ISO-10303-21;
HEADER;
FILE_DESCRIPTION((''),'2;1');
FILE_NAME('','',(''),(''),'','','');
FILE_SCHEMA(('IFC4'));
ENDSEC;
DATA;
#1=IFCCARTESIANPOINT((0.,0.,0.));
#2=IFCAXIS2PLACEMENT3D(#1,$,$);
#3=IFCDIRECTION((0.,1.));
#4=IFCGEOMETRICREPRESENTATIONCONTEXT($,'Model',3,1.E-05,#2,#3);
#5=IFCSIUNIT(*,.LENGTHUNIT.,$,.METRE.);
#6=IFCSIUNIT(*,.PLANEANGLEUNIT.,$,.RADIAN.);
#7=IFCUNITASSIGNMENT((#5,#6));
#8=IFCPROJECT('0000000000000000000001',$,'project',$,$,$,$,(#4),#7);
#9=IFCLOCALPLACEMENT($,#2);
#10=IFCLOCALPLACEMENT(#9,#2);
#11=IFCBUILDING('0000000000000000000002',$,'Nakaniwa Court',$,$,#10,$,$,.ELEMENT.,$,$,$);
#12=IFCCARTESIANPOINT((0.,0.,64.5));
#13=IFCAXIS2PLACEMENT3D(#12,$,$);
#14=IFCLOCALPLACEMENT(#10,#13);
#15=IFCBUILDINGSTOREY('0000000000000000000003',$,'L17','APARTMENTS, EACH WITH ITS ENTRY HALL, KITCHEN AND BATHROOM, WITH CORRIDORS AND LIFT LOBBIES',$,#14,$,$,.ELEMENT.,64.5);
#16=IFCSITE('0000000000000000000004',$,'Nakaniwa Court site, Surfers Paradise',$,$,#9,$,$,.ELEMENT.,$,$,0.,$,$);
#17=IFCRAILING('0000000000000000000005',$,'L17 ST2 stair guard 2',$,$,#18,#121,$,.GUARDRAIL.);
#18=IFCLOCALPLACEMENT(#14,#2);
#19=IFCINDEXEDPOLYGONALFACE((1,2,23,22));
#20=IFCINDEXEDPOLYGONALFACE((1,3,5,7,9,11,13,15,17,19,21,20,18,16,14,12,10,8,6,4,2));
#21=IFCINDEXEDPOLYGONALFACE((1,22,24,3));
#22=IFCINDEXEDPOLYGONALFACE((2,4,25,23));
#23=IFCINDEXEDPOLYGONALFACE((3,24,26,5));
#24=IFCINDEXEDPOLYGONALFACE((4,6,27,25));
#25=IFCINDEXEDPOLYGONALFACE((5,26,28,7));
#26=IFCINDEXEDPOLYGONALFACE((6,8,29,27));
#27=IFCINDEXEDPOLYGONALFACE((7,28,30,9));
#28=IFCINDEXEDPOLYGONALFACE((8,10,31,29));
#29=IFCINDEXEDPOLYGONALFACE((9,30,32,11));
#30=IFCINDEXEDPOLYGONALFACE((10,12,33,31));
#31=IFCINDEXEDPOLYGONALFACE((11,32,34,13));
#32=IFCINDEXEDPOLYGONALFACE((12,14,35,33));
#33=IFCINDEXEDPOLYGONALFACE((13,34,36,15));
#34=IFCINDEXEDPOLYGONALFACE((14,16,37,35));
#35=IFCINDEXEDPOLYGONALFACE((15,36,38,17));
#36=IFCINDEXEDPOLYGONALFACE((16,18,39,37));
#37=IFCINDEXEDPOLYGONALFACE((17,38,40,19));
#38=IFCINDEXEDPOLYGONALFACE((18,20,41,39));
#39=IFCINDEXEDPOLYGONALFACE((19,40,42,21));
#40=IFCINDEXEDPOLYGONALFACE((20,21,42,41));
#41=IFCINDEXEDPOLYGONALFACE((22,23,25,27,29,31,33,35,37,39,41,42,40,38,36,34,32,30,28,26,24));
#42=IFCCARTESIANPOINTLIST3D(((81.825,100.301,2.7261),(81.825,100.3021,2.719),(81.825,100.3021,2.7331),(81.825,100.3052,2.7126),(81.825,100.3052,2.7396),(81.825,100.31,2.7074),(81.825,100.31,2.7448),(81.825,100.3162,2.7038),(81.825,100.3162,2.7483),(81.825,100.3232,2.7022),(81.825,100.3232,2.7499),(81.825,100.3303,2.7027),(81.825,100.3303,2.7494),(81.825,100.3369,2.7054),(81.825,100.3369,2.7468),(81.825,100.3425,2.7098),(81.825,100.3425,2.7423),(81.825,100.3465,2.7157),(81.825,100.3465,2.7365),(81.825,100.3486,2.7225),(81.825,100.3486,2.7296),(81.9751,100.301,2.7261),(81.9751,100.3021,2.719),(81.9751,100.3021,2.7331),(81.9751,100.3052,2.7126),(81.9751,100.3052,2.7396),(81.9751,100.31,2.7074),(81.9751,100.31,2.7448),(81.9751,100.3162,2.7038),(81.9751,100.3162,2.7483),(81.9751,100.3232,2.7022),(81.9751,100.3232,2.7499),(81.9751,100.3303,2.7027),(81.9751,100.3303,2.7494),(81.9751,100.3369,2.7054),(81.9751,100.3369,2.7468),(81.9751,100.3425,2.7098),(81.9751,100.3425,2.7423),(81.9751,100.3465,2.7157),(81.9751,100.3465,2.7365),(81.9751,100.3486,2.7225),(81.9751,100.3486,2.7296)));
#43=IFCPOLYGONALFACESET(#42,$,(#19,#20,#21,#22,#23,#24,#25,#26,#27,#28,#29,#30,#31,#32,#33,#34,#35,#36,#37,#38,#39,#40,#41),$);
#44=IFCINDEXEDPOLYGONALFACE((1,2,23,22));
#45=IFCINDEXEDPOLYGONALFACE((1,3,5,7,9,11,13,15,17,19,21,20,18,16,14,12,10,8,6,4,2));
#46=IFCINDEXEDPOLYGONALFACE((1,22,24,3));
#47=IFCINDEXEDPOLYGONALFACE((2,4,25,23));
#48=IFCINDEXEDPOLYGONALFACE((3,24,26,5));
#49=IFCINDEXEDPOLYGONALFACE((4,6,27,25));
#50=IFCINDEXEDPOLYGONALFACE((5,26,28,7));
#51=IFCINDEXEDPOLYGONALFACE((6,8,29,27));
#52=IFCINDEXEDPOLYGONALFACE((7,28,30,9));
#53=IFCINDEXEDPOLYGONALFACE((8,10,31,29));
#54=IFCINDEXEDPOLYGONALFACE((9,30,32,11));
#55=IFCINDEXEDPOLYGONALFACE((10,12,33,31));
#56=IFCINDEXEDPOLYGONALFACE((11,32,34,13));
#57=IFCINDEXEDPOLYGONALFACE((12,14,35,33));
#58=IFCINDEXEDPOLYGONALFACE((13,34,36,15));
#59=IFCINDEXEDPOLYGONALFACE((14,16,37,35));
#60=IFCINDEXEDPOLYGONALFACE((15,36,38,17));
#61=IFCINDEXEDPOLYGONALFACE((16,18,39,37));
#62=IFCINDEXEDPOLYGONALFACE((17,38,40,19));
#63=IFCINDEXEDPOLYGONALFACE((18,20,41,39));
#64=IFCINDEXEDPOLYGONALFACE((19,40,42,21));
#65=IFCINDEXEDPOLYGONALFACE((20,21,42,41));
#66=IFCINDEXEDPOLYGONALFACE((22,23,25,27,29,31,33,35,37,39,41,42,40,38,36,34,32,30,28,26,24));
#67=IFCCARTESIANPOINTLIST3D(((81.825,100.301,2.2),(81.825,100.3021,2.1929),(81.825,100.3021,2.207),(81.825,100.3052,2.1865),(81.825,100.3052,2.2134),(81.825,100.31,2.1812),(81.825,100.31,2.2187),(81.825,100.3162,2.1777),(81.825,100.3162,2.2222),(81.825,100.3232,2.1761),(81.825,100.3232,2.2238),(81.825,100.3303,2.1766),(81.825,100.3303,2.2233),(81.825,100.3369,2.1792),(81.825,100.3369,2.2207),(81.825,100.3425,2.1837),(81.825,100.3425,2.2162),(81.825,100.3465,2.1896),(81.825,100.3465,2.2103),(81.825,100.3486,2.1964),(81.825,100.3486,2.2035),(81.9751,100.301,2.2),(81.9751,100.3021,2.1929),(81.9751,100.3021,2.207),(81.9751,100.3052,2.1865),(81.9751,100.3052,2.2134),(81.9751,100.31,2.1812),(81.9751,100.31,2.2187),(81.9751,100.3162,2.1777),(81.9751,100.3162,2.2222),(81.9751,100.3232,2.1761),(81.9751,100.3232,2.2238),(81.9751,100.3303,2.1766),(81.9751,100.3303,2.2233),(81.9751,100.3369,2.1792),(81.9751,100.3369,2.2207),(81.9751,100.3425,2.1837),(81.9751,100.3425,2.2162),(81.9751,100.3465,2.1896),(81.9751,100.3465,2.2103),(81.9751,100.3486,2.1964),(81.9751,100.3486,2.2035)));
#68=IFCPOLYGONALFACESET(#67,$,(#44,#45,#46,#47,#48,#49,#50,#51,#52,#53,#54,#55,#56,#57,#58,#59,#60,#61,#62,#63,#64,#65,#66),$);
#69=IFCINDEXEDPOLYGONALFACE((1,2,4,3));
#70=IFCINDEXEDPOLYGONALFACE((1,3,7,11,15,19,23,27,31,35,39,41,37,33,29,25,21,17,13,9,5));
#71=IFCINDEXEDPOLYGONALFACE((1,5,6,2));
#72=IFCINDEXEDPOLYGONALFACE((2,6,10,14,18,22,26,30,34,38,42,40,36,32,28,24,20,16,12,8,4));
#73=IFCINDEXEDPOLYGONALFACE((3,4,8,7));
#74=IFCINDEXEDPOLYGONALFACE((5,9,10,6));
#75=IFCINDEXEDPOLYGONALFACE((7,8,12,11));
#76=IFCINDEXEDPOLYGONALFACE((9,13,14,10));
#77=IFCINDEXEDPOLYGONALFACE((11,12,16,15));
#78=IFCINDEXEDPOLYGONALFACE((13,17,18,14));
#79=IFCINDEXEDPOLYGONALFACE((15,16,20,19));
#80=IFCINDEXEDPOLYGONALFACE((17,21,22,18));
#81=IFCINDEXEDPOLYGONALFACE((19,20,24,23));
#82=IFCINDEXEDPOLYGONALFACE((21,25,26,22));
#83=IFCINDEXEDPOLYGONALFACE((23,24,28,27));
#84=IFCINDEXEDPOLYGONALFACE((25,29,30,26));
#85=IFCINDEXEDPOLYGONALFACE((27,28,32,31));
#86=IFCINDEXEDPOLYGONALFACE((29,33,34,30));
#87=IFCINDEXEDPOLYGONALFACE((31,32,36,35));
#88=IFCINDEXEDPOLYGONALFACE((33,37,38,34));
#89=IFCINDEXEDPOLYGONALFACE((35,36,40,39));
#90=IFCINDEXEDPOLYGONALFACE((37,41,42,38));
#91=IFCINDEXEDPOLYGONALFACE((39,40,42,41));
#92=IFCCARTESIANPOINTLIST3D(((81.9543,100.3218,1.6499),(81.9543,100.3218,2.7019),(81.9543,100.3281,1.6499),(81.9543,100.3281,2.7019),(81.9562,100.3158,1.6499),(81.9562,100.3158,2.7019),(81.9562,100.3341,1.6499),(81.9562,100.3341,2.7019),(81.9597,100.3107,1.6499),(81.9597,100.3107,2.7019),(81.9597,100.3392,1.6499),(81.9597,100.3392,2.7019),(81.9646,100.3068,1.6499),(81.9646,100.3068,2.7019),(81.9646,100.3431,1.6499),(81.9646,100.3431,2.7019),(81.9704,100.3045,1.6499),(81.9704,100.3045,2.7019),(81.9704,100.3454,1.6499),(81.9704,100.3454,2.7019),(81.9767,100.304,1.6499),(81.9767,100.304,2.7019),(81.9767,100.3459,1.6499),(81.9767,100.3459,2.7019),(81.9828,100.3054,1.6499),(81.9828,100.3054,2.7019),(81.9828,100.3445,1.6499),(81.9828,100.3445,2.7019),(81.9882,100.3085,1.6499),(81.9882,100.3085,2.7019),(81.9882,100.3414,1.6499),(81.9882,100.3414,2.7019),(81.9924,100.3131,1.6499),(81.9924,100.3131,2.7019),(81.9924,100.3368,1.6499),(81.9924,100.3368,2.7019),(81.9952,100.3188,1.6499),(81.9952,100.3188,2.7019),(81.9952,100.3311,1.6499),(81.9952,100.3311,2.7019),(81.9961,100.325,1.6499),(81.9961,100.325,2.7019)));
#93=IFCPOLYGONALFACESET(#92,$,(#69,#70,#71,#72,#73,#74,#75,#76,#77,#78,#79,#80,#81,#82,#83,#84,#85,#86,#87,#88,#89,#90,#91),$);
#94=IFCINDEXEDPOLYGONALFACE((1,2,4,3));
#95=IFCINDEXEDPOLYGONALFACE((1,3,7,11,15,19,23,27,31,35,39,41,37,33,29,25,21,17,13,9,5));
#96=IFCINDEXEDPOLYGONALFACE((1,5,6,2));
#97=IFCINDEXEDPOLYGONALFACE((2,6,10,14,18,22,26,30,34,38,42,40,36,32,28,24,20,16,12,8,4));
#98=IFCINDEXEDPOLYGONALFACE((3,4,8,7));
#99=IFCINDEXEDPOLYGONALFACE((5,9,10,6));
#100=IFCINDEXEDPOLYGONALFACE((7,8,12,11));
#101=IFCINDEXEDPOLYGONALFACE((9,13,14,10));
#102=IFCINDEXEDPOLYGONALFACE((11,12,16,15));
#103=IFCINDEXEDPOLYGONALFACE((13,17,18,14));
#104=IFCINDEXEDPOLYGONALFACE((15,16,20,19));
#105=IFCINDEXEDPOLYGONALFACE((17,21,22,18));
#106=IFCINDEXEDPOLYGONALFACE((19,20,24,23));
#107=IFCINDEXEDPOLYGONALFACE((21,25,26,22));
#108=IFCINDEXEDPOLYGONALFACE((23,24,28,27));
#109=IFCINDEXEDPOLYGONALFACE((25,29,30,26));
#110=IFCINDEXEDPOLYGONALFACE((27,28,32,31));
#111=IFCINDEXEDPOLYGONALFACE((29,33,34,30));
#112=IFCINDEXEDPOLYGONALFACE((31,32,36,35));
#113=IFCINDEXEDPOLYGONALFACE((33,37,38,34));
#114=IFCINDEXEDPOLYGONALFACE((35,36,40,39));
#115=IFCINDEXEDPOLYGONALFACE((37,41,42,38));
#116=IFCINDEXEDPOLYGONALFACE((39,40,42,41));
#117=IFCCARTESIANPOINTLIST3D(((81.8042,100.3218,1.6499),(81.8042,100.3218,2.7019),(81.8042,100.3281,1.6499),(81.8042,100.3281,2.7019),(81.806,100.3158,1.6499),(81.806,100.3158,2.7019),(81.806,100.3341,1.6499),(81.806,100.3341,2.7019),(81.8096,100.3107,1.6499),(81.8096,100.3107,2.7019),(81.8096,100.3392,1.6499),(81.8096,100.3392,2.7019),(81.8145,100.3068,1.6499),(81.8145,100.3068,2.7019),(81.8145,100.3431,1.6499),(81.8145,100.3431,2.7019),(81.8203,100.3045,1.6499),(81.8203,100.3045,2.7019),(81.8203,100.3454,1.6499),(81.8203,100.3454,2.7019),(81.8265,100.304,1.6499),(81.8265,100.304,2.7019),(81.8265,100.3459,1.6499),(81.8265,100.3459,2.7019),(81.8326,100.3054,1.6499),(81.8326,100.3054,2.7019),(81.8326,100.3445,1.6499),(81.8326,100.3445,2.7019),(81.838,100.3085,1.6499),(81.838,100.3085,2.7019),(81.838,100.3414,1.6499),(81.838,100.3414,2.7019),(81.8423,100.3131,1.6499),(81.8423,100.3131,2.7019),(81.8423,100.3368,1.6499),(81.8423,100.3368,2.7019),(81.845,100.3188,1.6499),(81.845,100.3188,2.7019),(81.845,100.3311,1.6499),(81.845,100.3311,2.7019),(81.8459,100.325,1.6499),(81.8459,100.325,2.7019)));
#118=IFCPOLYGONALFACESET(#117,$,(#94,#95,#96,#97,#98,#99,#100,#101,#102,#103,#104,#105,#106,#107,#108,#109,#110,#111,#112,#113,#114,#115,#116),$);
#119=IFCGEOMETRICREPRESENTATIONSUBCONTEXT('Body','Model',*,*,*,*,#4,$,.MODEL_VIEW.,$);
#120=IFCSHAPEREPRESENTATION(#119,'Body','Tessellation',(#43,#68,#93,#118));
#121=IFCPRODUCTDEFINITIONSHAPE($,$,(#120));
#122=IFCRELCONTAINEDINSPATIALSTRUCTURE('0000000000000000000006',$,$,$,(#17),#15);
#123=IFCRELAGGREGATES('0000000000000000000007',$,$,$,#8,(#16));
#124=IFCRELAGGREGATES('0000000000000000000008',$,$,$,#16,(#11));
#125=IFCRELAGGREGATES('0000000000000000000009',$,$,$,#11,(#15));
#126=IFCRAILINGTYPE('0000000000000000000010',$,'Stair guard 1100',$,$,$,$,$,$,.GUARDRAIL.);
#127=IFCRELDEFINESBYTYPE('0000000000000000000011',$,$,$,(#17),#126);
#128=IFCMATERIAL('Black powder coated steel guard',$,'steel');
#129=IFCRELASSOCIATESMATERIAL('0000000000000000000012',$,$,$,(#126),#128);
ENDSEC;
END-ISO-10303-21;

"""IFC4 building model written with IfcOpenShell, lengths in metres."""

from ifc_helpers import new_model, si_unit, direction, frame, origin, origin_2d, place, context, subcontext, project, spatial, circle, extrude, material, type_object, element, save


model = new_model("IFC4")

# Units and contexts
model_context = context("Model", 3, precision=1e-05, world=origin(), true_north=direction((0.0, 1.0)))
body_context = subcontext(model_context, "Body", "Model", "MODEL_VIEW")
ifc_project = project(units=[si_unit("LENGTHUNIT", "METRE"), si_unit("PLANEANGLEUNIT", "RADIAN")], contexts=[model_context])

# Site, building, storey
site_placement = place(None, origin())
site = spatial("IfcSite", under=ifc_project, at=site_placement, Name="Nakaniwa Court site, Surfers Paradise", CompositionType="ELEMENT", RefElevation=0.0)
building_placement = place(site_placement, origin())
building = spatial("IfcBuilding", under=site, at=building_placement, Name="Nakaniwa Court", CompositionType="ELEMENT")
storey_placement = place(building_placement, frame((0.0, 0.0, 64.5)))
storey = spatial("IfcBuildingStorey", under=building, at=storey_placement, Name="L17", Description="APARTMENTS, EACH WITH ITS ENTRY HALL, KITCHEN AND BATHROOM, WITH CORRIDORS AND LIFT LOBBIES", CompositionType="ELEMENT", Elevation=64.5)

# Railing
ifc_material_1 = material(Name="Black powder coated steel guard", Category="steel")
railing_type_1 = type_object("IfcRailingType", Name="Stair guard 1100", PredefinedType="GUARDRAIL", material=ifc_material_1)
railing_1_placement = place(storey_placement, frame((81.9751, 100.325, 1.6499)))
element("IfcRailing", 1, at=railing_1_placement, inside=storey, type_object=railing_type_1, Name="L17 ST2 stair guard 2", PredefinedType="GUARDRAIL", context=body_context, shape_type="SweptSolid", body=[
    extrude(circle(Radius=0.0239, at=origin_2d()), frame((0.0, 0.0, 1.0762), z_axis=(-1.0, 0.0, 0.0), x_axis=(0.0, -1.0, 0.0)), (0.0, 0.0, 1.0), 0.1501),
    extrude(circle(Radius=0.0239, at=origin_2d()), frame((0.0, 0.0, 0.55), z_axis=(-1.0, 0.0, 0.0), x_axis=(0.0, -1.0, 0.0)), (0.0, 0.0, 1.0), 0.1501),
    extrude(circle(Radius=0.021, at=origin_2d()), origin(), (0.0, 0.0, 1.0), 1.052),
    extrude(circle(Radius=0.021, at=origin_2d()), frame((-0.1501, 0.0, 0.0)), (0.0, 0.0, 1.0), 1.052),
])

save(model, "model.ifc")
